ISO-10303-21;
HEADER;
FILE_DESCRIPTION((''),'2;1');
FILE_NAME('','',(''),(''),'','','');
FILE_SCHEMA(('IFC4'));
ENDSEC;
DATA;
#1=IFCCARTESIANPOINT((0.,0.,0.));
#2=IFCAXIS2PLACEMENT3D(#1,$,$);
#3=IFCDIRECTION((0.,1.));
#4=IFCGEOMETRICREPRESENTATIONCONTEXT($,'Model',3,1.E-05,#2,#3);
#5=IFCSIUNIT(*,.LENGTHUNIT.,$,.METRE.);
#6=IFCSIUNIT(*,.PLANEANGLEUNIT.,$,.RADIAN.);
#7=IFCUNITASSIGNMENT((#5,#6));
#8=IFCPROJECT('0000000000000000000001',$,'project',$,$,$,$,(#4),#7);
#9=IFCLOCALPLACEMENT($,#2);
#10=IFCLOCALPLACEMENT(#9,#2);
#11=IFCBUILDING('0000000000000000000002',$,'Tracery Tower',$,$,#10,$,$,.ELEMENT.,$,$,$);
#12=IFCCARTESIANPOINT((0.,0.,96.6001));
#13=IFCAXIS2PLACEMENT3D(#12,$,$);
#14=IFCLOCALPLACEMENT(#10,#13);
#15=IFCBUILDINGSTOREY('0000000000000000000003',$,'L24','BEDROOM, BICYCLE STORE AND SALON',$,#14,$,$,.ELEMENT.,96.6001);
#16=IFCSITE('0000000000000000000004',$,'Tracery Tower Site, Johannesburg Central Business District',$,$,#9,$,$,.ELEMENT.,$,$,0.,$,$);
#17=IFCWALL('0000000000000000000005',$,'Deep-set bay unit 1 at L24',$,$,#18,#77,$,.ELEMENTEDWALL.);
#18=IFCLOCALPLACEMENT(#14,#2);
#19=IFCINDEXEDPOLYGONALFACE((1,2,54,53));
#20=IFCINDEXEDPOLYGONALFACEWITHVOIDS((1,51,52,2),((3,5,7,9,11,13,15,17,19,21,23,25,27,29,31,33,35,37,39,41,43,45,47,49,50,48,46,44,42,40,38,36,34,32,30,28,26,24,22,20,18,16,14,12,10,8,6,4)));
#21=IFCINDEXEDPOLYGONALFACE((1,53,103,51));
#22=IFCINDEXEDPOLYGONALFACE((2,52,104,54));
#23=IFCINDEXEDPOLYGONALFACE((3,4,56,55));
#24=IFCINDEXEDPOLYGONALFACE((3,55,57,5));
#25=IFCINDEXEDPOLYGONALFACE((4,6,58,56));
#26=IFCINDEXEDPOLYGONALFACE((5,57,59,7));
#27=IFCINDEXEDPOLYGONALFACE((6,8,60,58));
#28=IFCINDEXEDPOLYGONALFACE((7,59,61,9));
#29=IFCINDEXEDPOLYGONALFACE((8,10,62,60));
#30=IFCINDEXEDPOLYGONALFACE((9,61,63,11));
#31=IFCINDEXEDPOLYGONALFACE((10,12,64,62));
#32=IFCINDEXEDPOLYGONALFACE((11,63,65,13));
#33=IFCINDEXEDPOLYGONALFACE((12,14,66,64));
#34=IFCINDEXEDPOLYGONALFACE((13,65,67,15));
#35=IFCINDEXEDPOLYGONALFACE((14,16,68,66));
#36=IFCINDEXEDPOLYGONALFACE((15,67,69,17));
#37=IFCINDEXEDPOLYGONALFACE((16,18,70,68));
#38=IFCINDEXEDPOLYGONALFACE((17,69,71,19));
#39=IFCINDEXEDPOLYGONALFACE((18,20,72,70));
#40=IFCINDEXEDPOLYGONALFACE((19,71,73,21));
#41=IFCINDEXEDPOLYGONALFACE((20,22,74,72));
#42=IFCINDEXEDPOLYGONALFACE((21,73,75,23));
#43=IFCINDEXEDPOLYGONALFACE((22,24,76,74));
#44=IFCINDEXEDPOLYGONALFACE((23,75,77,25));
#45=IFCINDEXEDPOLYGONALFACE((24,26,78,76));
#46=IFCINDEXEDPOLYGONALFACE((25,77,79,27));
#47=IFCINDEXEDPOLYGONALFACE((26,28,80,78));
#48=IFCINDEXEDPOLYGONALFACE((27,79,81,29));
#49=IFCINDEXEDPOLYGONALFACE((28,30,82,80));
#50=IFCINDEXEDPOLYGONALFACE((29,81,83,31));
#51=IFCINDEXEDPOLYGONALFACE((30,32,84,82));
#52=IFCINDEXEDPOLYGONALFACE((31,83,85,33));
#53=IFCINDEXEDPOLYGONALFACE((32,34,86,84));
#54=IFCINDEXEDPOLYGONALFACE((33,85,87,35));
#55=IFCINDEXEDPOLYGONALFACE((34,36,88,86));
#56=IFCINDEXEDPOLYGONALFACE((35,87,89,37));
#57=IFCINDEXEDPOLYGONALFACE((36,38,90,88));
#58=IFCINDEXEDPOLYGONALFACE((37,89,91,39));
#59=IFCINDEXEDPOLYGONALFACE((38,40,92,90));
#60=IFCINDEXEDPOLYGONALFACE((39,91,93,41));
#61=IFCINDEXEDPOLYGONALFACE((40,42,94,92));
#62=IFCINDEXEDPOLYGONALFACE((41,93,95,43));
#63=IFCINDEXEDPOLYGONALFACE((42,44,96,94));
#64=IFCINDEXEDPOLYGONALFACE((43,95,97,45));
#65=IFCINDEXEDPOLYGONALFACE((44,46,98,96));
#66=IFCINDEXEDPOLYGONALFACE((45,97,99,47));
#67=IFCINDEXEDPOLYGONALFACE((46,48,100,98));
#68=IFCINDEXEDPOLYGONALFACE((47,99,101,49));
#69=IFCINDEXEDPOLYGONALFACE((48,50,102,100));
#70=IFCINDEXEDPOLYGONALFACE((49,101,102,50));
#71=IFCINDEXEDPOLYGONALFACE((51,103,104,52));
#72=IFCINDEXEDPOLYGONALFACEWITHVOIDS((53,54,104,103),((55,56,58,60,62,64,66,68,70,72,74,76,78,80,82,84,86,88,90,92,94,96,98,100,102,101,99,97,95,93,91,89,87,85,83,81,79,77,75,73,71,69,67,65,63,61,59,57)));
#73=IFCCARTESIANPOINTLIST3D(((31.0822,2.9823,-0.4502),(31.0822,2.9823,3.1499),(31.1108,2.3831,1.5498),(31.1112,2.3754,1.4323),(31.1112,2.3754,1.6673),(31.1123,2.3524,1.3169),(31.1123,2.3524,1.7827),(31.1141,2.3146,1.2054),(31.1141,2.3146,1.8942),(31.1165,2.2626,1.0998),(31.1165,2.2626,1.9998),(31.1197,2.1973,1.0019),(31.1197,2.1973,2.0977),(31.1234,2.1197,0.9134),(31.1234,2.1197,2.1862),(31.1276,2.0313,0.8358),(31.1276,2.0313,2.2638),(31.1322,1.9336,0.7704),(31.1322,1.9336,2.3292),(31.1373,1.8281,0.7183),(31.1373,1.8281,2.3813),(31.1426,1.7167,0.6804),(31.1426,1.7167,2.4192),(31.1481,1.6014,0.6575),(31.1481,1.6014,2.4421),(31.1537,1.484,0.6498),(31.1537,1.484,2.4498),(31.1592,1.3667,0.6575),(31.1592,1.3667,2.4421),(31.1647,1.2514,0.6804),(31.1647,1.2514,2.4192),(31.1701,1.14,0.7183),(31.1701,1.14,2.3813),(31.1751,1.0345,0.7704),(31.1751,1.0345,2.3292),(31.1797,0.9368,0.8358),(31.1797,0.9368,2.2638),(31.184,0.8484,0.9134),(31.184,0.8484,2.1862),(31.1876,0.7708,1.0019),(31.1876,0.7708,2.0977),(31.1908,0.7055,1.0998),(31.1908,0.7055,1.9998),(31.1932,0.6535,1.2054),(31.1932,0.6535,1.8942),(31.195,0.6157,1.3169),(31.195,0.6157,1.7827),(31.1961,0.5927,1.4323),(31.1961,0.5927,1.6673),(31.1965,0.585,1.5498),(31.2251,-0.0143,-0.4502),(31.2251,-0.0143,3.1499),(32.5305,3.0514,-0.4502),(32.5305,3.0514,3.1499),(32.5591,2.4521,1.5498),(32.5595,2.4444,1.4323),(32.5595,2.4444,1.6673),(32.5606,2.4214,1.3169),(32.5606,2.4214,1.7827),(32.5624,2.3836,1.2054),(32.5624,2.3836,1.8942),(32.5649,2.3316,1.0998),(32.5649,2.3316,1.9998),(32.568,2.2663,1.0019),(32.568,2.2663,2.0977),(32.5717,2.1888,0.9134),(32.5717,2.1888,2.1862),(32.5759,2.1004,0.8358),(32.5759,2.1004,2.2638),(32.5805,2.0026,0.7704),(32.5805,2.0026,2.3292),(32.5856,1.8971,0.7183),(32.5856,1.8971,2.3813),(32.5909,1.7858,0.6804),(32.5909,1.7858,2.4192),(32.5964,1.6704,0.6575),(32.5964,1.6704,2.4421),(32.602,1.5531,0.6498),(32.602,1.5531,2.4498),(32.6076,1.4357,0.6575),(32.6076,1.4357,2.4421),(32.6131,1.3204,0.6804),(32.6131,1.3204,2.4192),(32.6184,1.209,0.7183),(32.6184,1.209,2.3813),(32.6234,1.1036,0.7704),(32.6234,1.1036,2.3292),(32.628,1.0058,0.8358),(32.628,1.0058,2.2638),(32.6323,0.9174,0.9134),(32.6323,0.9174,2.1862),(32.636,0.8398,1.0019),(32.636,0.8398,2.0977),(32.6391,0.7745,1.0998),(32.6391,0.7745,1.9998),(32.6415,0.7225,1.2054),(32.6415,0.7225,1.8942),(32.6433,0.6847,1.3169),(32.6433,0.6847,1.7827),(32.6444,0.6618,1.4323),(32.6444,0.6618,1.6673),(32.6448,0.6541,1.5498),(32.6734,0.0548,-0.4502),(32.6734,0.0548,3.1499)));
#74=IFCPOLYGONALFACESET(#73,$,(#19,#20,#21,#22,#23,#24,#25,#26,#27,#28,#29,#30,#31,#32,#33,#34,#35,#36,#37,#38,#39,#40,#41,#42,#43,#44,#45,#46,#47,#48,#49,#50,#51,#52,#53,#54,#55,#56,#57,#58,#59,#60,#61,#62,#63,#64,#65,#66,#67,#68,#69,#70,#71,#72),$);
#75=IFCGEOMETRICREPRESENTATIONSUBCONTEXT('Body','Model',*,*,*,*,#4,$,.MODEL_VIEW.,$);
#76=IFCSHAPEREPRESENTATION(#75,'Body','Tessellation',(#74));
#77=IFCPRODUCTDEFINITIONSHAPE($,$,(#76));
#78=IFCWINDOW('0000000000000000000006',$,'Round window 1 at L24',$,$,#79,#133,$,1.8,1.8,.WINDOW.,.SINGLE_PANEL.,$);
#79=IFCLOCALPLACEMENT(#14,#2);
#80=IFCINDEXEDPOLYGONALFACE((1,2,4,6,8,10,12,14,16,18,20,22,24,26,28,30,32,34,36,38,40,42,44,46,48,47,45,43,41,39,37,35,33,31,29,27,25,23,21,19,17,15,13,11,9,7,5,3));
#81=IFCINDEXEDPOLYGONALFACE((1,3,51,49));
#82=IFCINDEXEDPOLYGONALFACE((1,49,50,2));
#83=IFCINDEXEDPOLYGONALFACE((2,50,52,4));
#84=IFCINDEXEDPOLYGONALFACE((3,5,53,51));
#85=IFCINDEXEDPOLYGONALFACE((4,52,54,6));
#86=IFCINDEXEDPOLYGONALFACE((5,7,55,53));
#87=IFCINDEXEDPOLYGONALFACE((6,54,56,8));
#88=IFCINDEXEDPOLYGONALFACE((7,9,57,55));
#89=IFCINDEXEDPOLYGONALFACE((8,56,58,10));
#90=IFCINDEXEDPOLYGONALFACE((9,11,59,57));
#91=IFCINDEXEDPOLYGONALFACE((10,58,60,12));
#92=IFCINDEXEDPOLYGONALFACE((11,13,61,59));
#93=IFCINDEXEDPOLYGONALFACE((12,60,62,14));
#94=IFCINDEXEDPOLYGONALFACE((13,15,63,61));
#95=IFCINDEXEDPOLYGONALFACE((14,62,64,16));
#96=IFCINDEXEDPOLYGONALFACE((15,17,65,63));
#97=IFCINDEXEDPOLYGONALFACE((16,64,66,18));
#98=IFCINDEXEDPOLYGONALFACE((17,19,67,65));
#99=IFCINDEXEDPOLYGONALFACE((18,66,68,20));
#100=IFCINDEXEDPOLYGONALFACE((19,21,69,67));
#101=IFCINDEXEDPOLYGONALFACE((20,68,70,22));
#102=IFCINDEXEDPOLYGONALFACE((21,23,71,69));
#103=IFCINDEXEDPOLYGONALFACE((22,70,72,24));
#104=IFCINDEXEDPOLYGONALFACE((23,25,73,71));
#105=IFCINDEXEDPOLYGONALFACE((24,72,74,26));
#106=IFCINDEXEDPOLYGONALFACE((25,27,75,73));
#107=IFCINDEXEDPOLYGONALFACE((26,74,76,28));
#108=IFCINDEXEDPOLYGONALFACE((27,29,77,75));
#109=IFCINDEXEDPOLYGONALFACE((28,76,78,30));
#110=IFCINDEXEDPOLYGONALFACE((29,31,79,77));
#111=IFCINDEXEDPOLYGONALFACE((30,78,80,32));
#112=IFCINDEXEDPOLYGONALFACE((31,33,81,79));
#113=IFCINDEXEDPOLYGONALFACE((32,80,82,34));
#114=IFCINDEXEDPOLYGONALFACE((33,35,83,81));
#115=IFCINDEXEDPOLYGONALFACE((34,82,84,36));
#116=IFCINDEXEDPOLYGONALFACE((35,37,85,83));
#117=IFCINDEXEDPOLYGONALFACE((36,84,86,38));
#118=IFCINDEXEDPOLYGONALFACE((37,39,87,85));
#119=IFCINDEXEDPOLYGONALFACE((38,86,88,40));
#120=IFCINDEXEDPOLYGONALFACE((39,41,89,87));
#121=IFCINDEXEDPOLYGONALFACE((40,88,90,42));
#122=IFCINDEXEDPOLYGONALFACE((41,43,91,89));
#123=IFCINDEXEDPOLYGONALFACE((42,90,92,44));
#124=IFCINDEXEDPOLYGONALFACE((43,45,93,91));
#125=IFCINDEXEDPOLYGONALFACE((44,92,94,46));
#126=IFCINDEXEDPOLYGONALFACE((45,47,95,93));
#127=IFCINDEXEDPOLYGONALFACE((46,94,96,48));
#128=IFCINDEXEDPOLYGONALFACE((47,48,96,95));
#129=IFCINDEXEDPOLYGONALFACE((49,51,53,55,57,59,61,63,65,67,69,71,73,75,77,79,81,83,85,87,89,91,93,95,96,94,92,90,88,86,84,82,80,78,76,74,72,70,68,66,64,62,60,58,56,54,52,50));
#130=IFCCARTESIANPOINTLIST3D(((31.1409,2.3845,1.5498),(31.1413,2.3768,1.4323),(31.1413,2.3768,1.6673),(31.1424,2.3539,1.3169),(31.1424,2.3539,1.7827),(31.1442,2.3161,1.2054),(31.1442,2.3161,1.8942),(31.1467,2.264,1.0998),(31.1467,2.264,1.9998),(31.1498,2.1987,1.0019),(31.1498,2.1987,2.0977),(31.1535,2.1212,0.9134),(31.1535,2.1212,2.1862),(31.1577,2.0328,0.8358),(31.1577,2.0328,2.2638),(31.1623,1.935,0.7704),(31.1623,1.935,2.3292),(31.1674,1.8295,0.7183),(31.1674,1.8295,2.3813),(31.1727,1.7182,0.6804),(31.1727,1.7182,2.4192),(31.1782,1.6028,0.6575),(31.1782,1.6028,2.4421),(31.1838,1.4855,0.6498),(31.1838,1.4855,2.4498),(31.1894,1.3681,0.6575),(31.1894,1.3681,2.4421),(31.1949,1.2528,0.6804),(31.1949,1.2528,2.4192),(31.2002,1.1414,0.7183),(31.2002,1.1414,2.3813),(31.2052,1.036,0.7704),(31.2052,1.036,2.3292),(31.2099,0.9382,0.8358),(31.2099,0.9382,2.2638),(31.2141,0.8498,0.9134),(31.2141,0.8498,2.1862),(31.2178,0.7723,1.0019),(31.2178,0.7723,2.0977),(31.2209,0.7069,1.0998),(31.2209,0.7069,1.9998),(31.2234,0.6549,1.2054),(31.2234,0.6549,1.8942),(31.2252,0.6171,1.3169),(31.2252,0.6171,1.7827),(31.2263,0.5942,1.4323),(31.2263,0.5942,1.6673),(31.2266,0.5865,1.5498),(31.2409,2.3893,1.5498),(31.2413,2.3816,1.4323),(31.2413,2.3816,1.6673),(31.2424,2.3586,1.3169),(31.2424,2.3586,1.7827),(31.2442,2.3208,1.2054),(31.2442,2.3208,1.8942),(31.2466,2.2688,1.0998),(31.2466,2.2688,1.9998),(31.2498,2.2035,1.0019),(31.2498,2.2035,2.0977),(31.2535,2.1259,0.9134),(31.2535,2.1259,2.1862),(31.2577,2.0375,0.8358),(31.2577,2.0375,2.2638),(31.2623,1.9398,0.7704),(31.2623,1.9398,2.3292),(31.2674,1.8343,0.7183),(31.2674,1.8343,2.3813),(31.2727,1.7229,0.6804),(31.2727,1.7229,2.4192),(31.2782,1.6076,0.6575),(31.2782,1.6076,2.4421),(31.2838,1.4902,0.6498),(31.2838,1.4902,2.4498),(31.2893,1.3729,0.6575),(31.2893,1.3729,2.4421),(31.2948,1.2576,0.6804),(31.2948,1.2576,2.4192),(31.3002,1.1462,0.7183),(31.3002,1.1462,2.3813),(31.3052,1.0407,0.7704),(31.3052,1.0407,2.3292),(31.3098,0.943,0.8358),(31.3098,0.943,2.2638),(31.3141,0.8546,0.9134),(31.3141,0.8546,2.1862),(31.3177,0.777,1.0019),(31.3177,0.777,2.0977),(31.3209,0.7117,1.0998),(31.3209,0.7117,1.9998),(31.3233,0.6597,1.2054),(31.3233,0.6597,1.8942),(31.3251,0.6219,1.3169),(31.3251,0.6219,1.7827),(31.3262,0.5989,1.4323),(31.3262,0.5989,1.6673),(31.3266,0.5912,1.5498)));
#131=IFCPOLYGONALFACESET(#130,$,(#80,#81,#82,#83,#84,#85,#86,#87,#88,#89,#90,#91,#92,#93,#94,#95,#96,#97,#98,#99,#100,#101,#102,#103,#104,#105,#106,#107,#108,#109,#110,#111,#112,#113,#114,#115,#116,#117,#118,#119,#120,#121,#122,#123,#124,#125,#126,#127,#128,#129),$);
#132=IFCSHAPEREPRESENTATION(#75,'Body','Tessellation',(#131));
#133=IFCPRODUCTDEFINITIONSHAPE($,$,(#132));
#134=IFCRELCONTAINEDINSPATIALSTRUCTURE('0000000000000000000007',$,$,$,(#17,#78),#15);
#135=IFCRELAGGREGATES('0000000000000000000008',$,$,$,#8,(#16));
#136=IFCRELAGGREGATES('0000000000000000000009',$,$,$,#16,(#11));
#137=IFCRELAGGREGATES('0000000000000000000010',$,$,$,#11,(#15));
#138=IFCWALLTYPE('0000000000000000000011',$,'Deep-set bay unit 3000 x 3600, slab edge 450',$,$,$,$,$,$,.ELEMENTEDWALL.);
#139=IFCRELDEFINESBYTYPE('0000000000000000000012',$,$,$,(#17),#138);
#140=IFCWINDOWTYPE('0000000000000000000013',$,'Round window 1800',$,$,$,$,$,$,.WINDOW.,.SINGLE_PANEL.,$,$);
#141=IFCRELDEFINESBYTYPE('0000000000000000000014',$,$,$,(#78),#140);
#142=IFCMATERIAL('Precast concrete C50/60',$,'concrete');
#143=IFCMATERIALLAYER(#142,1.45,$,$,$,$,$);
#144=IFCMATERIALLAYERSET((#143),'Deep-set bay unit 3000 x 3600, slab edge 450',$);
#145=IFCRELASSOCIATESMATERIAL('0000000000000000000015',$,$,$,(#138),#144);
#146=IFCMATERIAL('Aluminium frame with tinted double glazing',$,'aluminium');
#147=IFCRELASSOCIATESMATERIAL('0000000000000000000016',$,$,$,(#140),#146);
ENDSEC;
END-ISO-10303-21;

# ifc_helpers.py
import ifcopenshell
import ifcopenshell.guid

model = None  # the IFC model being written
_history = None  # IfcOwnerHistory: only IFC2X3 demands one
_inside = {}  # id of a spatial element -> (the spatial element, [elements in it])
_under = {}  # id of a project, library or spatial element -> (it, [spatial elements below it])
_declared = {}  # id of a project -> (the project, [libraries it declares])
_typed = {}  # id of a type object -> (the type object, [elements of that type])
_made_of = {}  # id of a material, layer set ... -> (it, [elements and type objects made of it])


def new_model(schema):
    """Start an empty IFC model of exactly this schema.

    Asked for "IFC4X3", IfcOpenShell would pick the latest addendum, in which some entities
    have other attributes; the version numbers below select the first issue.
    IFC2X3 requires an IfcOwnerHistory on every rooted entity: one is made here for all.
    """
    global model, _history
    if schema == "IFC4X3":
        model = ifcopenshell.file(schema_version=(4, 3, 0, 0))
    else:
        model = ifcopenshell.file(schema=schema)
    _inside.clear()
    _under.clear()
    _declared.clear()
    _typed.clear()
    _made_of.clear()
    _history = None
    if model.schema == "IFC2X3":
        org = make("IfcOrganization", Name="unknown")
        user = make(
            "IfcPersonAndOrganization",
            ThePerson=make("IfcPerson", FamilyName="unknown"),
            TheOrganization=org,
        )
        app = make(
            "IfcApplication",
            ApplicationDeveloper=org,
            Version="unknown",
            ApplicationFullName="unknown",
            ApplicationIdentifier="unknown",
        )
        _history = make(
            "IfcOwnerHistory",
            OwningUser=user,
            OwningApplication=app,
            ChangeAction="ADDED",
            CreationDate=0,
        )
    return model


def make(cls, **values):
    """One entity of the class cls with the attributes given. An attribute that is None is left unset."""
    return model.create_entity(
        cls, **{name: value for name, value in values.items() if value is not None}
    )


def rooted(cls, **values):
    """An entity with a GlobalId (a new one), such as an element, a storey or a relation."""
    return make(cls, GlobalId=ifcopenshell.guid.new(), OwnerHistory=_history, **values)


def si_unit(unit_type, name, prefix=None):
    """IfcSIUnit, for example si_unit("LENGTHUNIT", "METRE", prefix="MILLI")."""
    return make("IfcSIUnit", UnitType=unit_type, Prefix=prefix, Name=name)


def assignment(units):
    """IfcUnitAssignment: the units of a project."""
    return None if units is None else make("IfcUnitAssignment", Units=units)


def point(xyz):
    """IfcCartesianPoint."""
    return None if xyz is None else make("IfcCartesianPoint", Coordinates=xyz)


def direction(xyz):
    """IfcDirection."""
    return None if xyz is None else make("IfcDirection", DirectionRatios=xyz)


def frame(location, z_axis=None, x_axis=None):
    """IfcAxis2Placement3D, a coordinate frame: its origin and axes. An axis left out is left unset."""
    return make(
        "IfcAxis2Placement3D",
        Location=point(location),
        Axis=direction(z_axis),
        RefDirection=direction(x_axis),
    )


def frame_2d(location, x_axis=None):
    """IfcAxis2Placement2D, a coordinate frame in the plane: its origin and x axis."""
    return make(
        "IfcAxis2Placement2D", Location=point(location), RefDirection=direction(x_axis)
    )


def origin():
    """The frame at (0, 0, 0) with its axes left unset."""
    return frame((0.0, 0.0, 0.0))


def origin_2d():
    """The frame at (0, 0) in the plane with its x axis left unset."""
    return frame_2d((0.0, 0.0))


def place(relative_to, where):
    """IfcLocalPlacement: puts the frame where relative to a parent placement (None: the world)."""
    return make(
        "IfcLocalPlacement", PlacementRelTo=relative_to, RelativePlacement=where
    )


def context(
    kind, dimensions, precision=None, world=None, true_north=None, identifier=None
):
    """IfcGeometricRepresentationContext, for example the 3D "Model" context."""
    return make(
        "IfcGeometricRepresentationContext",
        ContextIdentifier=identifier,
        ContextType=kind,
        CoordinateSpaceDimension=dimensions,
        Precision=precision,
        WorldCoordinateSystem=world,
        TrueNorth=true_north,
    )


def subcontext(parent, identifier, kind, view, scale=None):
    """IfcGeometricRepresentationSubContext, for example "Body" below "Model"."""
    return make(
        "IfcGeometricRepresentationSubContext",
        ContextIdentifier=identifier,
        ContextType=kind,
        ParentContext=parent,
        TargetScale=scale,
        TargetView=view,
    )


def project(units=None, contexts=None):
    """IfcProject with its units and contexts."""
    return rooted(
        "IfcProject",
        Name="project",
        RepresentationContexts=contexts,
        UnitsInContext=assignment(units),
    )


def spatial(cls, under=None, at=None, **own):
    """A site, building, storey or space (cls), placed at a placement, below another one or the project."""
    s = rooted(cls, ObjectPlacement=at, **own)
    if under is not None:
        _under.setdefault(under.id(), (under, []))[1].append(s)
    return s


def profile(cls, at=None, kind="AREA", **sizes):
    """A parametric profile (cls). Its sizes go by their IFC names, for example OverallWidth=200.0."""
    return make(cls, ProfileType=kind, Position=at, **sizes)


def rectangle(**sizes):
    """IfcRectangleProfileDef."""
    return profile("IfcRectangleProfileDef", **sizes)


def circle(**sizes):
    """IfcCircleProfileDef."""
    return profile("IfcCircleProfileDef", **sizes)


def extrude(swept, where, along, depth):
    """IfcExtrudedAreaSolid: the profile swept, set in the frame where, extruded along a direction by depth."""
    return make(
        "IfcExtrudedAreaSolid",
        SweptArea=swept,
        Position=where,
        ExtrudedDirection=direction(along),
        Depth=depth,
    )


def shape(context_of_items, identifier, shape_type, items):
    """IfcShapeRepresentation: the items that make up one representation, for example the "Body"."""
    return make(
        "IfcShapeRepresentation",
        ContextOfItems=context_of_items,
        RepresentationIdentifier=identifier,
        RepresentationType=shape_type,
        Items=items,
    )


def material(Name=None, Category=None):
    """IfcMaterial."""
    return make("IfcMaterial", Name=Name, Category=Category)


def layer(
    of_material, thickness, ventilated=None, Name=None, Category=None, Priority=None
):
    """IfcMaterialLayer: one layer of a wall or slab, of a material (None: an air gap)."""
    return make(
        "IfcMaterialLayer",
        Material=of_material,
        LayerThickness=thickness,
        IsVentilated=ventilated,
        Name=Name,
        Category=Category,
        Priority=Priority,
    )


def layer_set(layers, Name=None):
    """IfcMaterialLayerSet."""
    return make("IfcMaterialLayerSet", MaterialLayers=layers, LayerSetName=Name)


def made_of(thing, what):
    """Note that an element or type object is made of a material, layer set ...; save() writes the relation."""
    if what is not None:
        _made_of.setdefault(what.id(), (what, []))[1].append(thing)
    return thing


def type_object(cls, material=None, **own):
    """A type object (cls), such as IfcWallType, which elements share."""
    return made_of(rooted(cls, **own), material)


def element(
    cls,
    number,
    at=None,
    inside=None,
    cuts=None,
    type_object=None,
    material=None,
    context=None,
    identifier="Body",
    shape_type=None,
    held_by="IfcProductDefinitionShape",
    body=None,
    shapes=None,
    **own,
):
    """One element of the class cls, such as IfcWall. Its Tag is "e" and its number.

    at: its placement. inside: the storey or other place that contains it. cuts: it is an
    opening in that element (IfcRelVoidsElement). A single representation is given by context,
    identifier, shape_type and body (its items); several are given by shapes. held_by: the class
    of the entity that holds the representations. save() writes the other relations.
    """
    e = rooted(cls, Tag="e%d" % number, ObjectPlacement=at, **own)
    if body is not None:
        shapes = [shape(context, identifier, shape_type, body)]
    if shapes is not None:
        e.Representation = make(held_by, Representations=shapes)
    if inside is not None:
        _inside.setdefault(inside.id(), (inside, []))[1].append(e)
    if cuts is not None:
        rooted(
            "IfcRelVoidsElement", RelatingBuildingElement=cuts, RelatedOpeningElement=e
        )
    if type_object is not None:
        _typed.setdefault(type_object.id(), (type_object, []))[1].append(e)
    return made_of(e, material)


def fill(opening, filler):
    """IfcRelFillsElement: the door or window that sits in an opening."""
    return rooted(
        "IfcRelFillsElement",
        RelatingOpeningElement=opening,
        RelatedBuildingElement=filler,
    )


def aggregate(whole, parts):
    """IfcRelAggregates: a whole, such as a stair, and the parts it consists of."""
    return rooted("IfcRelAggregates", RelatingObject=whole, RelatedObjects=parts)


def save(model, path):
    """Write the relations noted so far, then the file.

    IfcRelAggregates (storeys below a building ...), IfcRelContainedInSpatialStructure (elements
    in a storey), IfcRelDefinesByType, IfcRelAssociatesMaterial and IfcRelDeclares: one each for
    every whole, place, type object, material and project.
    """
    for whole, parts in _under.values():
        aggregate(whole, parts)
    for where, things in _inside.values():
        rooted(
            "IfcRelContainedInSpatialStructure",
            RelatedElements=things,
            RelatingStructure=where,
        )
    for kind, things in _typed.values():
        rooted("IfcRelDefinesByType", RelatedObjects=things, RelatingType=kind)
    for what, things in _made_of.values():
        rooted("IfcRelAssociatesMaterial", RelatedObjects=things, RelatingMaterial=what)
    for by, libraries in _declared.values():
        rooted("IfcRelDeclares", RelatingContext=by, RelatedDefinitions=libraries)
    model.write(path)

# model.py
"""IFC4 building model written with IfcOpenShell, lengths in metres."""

from ifc_helpers import new_model, si_unit, direction, frame, frame_2d, origin, origin_2d, place, context, subcontext, project, spatial, rectangle, circle, extrude, material, layer, layer_set, type_object, element, fill, save


model = new_model("IFC4")

# Units and contexts
model_context = context("Model", 3, precision=1e-05, world=origin(), true_north=direction((0.0, 1.0)))
body_context = subcontext(model_context, "Body", "Model", "MODEL_VIEW")
ifc_project = project(units=[si_unit("LENGTHUNIT", "METRE"), si_unit("PLANEANGLEUNIT", "RADIAN")], contexts=[model_context])

# Site, building, storey
site_placement = place(None, origin())
site = spatial("IfcSite", under=ifc_project, at=site_placement, Name="Tracery Tower Site, Johannesburg Central Business District", CompositionType="ELEMENT", RefElevation=0.0)
building_placement = place(site_placement, origin())
building = spatial("IfcBuilding", under=site, at=building_placement, Name="Tracery Tower", CompositionType="ELEMENT")
storey_placement = place(building_placement, frame((0.0, 0.0, 96.6001)))
storey = spatial("IfcBuildingStorey", under=building, at=storey_placement, Name="L24", Description="BEDROOM, BICYCLE STORE AND SALON", CompositionType="ELEMENT", Elevation=96.6001)

# Wall, opening, window
ifc_material_1 = material(Name="Precast concrete C50/60", Category="concrete")
ifc_layer_1 = layer(ifc_material_1, 1.45)
ifc_layer_set_1 = layer_set([ifc_layer_1], Name="Deep-set bay unit 3000 x 3600, slab edge 450")
wall_type_1 = type_object("IfcWallType", Name="Deep-set bay unit 3000 x 3600, slab edge 450", PredefinedType="ELEMENTEDWALL", material=ifc_layer_set_1)
wall_1_placement = place(storey_placement, frame((31.9492, 0.0203, -0.4502), z_axis=(0.0, 0.0, 1.0), x_axis=(-0.047608, 0.998866, 0.0)))
wall_1 = element("IfcWall", 1, at=wall_1_placement, inside=storey, type_object=wall_type_1, Name="Deep-set bay unit 1 at L24", PredefinedType="ELEMENTEDWALL", context=body_context, shape_type="SweptSolid", body=[
    extrude(rectangle(XDim=3.0, YDim=1.45, at=frame_2d((1.5, 0.0))), origin(), (0.0, 0.0, 1.0), 3.6001),
])
opening_1_placement = place(wall_1_placement, frame((1.5, 0.0, 2.0)))
opening_1 = element("IfcOpeningElement", 2, at=opening_1_placement, cuts=wall_1, PredefinedType="OPENING", context=body_context, shape_type="SweptSolid", body=[
    extrude(circle(Radius=0.9, at=origin_2d()), frame((0.0, 0.7349, 0.0), z_axis=(0.0, -1.0, 0.0), x_axis=(1.0, 0.0, 0.0)), (0.0, 0.0, 1.0), 1.47),
])
ifc_material_2 = material(Name="Aluminium frame with tinted double glazing", Category="aluminium")
window_type = type_object("IfcWindowType", Name="Round window 1800", PartitioningType="SINGLE_PANEL", PredefinedType="WINDOW", material=ifc_material_2)
window_1_placement = place(opening_1_placement, origin())
window_1 = element("IfcWindow", 3, at=window_1_placement, inside=storey, type_object=window_type, Name="Round window 1 at L24", OverallHeight=1.8, OverallWidth=1.8, PartitioningType="SINGLE_PANEL", PredefinedType="WINDOW", context=body_context, shape_type="SweptSolid", body=[
    extrude(circle(Radius=0.9, at=origin_2d()), frame((0.0, 0.6948, 0.0), z_axis=(0.0, -1.0, 0.0), x_axis=(1.0, 0.0, 0.0)), (0.0, 0.0, 1.0), 0.1001),
])
fill(opening_1, window_1)

save(model, "model.ifc")
